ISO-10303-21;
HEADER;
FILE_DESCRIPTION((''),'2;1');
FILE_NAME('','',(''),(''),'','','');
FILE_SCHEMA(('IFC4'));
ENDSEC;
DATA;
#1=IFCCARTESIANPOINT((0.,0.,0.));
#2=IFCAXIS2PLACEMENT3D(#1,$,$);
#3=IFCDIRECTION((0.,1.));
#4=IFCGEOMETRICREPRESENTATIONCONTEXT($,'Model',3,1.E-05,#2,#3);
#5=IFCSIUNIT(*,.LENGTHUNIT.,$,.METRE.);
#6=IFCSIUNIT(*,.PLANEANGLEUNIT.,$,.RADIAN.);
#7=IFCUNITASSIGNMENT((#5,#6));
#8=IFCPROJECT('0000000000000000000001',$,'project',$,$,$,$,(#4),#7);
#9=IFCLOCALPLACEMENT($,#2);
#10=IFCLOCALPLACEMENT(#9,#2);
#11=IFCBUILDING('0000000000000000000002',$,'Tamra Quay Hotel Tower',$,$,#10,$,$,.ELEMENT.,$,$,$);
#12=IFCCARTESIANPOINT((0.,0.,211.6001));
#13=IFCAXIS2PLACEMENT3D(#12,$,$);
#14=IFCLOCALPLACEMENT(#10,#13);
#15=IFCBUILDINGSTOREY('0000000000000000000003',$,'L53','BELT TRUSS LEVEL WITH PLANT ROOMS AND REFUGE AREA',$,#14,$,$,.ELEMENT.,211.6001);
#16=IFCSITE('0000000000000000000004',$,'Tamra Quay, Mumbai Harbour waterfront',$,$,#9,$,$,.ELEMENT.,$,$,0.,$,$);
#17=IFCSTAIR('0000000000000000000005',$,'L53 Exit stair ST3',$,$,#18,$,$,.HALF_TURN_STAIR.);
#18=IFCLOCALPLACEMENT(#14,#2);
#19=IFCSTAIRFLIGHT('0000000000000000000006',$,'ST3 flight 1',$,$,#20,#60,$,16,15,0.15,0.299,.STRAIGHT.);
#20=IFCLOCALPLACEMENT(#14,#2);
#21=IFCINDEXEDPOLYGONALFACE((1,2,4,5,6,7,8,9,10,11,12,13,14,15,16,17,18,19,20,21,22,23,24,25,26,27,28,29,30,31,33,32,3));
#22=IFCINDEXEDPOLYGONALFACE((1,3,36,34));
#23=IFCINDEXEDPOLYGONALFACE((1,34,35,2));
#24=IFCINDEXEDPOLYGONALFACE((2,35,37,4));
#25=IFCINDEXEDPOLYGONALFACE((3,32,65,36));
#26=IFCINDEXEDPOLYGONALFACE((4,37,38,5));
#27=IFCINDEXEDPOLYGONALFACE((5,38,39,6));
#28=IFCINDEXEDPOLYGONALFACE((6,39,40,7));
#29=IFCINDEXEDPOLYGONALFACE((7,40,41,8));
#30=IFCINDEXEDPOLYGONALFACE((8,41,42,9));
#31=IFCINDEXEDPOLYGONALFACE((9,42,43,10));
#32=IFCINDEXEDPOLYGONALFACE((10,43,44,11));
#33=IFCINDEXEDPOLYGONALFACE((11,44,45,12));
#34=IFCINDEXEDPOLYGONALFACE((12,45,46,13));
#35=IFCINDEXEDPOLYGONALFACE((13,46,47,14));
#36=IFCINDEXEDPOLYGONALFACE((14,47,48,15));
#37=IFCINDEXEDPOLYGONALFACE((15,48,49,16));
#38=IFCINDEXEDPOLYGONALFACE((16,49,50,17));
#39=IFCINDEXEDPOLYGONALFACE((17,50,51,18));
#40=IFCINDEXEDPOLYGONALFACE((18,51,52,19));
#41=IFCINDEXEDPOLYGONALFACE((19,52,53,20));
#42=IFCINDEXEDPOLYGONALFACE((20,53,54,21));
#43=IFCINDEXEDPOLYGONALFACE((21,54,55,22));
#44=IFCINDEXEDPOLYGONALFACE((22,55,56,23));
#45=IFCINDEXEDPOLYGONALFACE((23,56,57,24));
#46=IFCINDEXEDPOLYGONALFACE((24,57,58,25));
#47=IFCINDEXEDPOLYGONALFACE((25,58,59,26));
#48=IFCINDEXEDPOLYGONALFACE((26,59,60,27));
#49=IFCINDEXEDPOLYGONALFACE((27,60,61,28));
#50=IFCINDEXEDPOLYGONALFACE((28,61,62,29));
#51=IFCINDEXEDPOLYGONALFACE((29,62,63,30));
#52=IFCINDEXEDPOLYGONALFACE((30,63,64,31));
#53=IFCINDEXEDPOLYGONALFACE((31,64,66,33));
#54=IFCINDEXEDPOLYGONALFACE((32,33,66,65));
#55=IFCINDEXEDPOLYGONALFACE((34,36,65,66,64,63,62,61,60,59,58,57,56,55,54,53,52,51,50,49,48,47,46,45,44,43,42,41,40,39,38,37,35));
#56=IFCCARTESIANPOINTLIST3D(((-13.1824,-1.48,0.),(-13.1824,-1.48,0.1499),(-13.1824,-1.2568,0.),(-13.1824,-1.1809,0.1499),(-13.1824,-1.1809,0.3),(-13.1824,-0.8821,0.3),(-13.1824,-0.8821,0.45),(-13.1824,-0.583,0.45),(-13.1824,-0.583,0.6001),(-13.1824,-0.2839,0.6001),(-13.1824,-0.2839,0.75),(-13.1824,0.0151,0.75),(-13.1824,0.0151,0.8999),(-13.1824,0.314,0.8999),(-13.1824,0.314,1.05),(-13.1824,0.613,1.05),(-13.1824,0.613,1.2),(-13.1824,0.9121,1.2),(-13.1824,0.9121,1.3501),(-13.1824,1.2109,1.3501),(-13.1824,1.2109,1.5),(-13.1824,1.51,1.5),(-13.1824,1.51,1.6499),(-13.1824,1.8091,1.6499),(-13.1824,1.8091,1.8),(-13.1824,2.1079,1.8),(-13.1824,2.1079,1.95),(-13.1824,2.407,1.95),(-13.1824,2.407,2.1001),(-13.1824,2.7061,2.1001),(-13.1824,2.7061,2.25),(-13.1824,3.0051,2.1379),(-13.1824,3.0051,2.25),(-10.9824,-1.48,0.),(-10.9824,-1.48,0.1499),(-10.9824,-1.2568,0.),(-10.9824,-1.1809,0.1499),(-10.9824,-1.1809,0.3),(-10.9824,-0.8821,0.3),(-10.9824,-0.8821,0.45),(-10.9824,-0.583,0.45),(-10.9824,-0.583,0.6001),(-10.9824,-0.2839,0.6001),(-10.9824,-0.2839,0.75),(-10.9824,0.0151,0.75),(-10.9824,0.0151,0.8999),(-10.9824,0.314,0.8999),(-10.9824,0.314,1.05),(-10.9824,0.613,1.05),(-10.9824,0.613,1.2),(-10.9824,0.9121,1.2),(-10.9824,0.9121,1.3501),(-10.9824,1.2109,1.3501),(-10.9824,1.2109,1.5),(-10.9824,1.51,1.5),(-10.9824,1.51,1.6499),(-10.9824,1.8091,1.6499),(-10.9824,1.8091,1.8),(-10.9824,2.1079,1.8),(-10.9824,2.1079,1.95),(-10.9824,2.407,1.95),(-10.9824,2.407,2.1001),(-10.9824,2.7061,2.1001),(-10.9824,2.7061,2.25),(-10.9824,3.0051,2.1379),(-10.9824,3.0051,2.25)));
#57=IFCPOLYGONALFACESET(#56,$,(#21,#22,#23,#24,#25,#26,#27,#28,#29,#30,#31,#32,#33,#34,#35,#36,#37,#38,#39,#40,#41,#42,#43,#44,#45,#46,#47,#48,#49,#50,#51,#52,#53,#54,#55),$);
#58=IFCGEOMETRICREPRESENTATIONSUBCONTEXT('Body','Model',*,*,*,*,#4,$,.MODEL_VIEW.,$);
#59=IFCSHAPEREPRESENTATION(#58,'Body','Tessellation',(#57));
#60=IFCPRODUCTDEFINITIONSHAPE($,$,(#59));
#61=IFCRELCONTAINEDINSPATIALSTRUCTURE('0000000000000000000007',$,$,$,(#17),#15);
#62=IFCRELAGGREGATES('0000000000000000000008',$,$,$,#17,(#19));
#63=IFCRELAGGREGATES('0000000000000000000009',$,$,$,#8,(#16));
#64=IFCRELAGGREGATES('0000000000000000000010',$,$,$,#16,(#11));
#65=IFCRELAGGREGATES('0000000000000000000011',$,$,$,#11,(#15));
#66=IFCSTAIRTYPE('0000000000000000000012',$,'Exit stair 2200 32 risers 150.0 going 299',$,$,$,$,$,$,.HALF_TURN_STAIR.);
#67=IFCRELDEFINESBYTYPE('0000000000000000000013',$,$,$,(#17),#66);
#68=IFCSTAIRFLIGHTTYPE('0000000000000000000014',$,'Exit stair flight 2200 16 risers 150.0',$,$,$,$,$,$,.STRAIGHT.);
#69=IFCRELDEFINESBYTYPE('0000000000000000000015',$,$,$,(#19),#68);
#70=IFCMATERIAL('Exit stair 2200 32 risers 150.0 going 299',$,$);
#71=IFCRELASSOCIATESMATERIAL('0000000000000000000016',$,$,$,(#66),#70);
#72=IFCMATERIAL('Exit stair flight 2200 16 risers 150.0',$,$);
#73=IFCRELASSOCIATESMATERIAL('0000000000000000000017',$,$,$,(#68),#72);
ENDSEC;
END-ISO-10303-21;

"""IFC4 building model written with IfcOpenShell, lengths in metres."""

from ifc_helpers import new_model, si_unit, direction, frame, origin, place, context, subcontext, project, spatial, polyline, outline, extrude, material, type_object, element, aggregate, save


model = new_model("IFC4")

# Units and contexts
model_context = context("Model", 3, precision=1e-05, world=origin(), true_north=direction((0.0, 1.0)))
body_context = subcontext(model_context, "Body", "Model", "MODEL_VIEW")
ifc_project = project(units=[si_unit("LENGTHUNIT", "METRE"), si_unit("PLANEANGLEUNIT", "RADIAN")], contexts=[model_context])

# Site, building, storey
site_placement = place(None, origin())
site = spatial("IfcSite", under=ifc_project, at=site_placement, Name="Tamra Quay, Mumbai Harbour waterfront", CompositionType="ELEMENT", RefElevation=0.0)
building_placement = place(site_placement, origin())
building = spatial("IfcBuilding", under=site, at=building_placement, Name="Tamra Quay Hotel Tower", CompositionType="ELEMENT")
storey_placement = place(building_placement, frame((0.0, 0.0, 211.6001)))
storey = spatial("IfcBuildingStorey", under=building, at=storey_placement, Name="L53", Description="BELT TRUSS LEVEL WITH PLANT ROOMS AND REFUGE AREA", CompositionType="ELEMENT", Elevation=211.6001)

# Stair, stair flight
ifc_material_1 = material(Name="Exit stair 2200 32 risers 150.0 going 299")
stair_type = type_object("IfcStairType", Name="Exit stair 2200 32 risers 150.0 going 299", PredefinedType="HALF_TURN_STAIR", material=ifc_material_1)
stair_placement = place(storey_placement, origin())
stair = element("IfcStair", 1, at=stair_placement, inside=storey, type_object=stair_type, Name="L53 Exit stair ST3", PredefinedType="HALF_TURN_STAIR")
ifc_material_2 = material(Name="Exit stair flight 2200 16 risers 150.0")
stair_flight_type = type_object("IfcStairFlightType", Name="Exit stair flight 2200 16 risers 150.0", PredefinedType="STRAIGHT", material=ifc_material_2)
stair_flight_placement = place(storey_placement, frame((-12.0823, -1.48, 0.0), z_axis=(0.0, 0.0, 1.0), x_axis=(0.0, 1.0, 0.0)))
stair_flight = element("IfcStairFlight", 2, at=stair_flight_placement, type_object=stair_flight_type, Name="ST3 flight 1", NumberOfRisers=16, NumberOfTreads=15, PredefinedType="STRAIGHT", RiserHeight=0.15, TreadLength=0.299, context=body_context, shape_type="SweptSolid", body=[
    extrude(outline(polyline([(0.0, 0.0), (0.0, 0.1499), (0.2991, 0.1499), (0.2991, 0.3), (0.5979, 0.3), (0.5979, 0.45), (0.897, 0.45), (0.897, 0.6001), (1.196, 0.6001), (1.196, 0.75), (1.4951, 0.75), (1.4951, 0.8999), (1.7939, 0.8999), (1.7939, 1.05), (2.093, 1.05), (2.093, 1.2), (2.3921, 1.2), (2.3921, 1.3501), (2.6909, 1.3501), (2.6909, 1.5), (2.99, 1.5), (2.99, 1.6499), (3.2891, 1.6499), (3.2891, 1.8), (3.5879, 1.8), (3.5879, 1.95), (3.887, 1.95), (3.887, 2.1001), (4.186, 2.1001), (4.186, 2.25), (4.4851, 2.25), (4.4851, 2.3999), (4.4851, 2.1379), (0.2231, 0.0), (0.0, 0.0)])), frame((0.0, 1.1001, 0.0), z_axis=(0.0, -1.0, 0.0), x_axis=(1.0, 0.0, 0.0)), (0.0, 0.0, 1.0), 2.2),
])
aggregate(stair, [stair_flight])

save(model, "model.ifc")
